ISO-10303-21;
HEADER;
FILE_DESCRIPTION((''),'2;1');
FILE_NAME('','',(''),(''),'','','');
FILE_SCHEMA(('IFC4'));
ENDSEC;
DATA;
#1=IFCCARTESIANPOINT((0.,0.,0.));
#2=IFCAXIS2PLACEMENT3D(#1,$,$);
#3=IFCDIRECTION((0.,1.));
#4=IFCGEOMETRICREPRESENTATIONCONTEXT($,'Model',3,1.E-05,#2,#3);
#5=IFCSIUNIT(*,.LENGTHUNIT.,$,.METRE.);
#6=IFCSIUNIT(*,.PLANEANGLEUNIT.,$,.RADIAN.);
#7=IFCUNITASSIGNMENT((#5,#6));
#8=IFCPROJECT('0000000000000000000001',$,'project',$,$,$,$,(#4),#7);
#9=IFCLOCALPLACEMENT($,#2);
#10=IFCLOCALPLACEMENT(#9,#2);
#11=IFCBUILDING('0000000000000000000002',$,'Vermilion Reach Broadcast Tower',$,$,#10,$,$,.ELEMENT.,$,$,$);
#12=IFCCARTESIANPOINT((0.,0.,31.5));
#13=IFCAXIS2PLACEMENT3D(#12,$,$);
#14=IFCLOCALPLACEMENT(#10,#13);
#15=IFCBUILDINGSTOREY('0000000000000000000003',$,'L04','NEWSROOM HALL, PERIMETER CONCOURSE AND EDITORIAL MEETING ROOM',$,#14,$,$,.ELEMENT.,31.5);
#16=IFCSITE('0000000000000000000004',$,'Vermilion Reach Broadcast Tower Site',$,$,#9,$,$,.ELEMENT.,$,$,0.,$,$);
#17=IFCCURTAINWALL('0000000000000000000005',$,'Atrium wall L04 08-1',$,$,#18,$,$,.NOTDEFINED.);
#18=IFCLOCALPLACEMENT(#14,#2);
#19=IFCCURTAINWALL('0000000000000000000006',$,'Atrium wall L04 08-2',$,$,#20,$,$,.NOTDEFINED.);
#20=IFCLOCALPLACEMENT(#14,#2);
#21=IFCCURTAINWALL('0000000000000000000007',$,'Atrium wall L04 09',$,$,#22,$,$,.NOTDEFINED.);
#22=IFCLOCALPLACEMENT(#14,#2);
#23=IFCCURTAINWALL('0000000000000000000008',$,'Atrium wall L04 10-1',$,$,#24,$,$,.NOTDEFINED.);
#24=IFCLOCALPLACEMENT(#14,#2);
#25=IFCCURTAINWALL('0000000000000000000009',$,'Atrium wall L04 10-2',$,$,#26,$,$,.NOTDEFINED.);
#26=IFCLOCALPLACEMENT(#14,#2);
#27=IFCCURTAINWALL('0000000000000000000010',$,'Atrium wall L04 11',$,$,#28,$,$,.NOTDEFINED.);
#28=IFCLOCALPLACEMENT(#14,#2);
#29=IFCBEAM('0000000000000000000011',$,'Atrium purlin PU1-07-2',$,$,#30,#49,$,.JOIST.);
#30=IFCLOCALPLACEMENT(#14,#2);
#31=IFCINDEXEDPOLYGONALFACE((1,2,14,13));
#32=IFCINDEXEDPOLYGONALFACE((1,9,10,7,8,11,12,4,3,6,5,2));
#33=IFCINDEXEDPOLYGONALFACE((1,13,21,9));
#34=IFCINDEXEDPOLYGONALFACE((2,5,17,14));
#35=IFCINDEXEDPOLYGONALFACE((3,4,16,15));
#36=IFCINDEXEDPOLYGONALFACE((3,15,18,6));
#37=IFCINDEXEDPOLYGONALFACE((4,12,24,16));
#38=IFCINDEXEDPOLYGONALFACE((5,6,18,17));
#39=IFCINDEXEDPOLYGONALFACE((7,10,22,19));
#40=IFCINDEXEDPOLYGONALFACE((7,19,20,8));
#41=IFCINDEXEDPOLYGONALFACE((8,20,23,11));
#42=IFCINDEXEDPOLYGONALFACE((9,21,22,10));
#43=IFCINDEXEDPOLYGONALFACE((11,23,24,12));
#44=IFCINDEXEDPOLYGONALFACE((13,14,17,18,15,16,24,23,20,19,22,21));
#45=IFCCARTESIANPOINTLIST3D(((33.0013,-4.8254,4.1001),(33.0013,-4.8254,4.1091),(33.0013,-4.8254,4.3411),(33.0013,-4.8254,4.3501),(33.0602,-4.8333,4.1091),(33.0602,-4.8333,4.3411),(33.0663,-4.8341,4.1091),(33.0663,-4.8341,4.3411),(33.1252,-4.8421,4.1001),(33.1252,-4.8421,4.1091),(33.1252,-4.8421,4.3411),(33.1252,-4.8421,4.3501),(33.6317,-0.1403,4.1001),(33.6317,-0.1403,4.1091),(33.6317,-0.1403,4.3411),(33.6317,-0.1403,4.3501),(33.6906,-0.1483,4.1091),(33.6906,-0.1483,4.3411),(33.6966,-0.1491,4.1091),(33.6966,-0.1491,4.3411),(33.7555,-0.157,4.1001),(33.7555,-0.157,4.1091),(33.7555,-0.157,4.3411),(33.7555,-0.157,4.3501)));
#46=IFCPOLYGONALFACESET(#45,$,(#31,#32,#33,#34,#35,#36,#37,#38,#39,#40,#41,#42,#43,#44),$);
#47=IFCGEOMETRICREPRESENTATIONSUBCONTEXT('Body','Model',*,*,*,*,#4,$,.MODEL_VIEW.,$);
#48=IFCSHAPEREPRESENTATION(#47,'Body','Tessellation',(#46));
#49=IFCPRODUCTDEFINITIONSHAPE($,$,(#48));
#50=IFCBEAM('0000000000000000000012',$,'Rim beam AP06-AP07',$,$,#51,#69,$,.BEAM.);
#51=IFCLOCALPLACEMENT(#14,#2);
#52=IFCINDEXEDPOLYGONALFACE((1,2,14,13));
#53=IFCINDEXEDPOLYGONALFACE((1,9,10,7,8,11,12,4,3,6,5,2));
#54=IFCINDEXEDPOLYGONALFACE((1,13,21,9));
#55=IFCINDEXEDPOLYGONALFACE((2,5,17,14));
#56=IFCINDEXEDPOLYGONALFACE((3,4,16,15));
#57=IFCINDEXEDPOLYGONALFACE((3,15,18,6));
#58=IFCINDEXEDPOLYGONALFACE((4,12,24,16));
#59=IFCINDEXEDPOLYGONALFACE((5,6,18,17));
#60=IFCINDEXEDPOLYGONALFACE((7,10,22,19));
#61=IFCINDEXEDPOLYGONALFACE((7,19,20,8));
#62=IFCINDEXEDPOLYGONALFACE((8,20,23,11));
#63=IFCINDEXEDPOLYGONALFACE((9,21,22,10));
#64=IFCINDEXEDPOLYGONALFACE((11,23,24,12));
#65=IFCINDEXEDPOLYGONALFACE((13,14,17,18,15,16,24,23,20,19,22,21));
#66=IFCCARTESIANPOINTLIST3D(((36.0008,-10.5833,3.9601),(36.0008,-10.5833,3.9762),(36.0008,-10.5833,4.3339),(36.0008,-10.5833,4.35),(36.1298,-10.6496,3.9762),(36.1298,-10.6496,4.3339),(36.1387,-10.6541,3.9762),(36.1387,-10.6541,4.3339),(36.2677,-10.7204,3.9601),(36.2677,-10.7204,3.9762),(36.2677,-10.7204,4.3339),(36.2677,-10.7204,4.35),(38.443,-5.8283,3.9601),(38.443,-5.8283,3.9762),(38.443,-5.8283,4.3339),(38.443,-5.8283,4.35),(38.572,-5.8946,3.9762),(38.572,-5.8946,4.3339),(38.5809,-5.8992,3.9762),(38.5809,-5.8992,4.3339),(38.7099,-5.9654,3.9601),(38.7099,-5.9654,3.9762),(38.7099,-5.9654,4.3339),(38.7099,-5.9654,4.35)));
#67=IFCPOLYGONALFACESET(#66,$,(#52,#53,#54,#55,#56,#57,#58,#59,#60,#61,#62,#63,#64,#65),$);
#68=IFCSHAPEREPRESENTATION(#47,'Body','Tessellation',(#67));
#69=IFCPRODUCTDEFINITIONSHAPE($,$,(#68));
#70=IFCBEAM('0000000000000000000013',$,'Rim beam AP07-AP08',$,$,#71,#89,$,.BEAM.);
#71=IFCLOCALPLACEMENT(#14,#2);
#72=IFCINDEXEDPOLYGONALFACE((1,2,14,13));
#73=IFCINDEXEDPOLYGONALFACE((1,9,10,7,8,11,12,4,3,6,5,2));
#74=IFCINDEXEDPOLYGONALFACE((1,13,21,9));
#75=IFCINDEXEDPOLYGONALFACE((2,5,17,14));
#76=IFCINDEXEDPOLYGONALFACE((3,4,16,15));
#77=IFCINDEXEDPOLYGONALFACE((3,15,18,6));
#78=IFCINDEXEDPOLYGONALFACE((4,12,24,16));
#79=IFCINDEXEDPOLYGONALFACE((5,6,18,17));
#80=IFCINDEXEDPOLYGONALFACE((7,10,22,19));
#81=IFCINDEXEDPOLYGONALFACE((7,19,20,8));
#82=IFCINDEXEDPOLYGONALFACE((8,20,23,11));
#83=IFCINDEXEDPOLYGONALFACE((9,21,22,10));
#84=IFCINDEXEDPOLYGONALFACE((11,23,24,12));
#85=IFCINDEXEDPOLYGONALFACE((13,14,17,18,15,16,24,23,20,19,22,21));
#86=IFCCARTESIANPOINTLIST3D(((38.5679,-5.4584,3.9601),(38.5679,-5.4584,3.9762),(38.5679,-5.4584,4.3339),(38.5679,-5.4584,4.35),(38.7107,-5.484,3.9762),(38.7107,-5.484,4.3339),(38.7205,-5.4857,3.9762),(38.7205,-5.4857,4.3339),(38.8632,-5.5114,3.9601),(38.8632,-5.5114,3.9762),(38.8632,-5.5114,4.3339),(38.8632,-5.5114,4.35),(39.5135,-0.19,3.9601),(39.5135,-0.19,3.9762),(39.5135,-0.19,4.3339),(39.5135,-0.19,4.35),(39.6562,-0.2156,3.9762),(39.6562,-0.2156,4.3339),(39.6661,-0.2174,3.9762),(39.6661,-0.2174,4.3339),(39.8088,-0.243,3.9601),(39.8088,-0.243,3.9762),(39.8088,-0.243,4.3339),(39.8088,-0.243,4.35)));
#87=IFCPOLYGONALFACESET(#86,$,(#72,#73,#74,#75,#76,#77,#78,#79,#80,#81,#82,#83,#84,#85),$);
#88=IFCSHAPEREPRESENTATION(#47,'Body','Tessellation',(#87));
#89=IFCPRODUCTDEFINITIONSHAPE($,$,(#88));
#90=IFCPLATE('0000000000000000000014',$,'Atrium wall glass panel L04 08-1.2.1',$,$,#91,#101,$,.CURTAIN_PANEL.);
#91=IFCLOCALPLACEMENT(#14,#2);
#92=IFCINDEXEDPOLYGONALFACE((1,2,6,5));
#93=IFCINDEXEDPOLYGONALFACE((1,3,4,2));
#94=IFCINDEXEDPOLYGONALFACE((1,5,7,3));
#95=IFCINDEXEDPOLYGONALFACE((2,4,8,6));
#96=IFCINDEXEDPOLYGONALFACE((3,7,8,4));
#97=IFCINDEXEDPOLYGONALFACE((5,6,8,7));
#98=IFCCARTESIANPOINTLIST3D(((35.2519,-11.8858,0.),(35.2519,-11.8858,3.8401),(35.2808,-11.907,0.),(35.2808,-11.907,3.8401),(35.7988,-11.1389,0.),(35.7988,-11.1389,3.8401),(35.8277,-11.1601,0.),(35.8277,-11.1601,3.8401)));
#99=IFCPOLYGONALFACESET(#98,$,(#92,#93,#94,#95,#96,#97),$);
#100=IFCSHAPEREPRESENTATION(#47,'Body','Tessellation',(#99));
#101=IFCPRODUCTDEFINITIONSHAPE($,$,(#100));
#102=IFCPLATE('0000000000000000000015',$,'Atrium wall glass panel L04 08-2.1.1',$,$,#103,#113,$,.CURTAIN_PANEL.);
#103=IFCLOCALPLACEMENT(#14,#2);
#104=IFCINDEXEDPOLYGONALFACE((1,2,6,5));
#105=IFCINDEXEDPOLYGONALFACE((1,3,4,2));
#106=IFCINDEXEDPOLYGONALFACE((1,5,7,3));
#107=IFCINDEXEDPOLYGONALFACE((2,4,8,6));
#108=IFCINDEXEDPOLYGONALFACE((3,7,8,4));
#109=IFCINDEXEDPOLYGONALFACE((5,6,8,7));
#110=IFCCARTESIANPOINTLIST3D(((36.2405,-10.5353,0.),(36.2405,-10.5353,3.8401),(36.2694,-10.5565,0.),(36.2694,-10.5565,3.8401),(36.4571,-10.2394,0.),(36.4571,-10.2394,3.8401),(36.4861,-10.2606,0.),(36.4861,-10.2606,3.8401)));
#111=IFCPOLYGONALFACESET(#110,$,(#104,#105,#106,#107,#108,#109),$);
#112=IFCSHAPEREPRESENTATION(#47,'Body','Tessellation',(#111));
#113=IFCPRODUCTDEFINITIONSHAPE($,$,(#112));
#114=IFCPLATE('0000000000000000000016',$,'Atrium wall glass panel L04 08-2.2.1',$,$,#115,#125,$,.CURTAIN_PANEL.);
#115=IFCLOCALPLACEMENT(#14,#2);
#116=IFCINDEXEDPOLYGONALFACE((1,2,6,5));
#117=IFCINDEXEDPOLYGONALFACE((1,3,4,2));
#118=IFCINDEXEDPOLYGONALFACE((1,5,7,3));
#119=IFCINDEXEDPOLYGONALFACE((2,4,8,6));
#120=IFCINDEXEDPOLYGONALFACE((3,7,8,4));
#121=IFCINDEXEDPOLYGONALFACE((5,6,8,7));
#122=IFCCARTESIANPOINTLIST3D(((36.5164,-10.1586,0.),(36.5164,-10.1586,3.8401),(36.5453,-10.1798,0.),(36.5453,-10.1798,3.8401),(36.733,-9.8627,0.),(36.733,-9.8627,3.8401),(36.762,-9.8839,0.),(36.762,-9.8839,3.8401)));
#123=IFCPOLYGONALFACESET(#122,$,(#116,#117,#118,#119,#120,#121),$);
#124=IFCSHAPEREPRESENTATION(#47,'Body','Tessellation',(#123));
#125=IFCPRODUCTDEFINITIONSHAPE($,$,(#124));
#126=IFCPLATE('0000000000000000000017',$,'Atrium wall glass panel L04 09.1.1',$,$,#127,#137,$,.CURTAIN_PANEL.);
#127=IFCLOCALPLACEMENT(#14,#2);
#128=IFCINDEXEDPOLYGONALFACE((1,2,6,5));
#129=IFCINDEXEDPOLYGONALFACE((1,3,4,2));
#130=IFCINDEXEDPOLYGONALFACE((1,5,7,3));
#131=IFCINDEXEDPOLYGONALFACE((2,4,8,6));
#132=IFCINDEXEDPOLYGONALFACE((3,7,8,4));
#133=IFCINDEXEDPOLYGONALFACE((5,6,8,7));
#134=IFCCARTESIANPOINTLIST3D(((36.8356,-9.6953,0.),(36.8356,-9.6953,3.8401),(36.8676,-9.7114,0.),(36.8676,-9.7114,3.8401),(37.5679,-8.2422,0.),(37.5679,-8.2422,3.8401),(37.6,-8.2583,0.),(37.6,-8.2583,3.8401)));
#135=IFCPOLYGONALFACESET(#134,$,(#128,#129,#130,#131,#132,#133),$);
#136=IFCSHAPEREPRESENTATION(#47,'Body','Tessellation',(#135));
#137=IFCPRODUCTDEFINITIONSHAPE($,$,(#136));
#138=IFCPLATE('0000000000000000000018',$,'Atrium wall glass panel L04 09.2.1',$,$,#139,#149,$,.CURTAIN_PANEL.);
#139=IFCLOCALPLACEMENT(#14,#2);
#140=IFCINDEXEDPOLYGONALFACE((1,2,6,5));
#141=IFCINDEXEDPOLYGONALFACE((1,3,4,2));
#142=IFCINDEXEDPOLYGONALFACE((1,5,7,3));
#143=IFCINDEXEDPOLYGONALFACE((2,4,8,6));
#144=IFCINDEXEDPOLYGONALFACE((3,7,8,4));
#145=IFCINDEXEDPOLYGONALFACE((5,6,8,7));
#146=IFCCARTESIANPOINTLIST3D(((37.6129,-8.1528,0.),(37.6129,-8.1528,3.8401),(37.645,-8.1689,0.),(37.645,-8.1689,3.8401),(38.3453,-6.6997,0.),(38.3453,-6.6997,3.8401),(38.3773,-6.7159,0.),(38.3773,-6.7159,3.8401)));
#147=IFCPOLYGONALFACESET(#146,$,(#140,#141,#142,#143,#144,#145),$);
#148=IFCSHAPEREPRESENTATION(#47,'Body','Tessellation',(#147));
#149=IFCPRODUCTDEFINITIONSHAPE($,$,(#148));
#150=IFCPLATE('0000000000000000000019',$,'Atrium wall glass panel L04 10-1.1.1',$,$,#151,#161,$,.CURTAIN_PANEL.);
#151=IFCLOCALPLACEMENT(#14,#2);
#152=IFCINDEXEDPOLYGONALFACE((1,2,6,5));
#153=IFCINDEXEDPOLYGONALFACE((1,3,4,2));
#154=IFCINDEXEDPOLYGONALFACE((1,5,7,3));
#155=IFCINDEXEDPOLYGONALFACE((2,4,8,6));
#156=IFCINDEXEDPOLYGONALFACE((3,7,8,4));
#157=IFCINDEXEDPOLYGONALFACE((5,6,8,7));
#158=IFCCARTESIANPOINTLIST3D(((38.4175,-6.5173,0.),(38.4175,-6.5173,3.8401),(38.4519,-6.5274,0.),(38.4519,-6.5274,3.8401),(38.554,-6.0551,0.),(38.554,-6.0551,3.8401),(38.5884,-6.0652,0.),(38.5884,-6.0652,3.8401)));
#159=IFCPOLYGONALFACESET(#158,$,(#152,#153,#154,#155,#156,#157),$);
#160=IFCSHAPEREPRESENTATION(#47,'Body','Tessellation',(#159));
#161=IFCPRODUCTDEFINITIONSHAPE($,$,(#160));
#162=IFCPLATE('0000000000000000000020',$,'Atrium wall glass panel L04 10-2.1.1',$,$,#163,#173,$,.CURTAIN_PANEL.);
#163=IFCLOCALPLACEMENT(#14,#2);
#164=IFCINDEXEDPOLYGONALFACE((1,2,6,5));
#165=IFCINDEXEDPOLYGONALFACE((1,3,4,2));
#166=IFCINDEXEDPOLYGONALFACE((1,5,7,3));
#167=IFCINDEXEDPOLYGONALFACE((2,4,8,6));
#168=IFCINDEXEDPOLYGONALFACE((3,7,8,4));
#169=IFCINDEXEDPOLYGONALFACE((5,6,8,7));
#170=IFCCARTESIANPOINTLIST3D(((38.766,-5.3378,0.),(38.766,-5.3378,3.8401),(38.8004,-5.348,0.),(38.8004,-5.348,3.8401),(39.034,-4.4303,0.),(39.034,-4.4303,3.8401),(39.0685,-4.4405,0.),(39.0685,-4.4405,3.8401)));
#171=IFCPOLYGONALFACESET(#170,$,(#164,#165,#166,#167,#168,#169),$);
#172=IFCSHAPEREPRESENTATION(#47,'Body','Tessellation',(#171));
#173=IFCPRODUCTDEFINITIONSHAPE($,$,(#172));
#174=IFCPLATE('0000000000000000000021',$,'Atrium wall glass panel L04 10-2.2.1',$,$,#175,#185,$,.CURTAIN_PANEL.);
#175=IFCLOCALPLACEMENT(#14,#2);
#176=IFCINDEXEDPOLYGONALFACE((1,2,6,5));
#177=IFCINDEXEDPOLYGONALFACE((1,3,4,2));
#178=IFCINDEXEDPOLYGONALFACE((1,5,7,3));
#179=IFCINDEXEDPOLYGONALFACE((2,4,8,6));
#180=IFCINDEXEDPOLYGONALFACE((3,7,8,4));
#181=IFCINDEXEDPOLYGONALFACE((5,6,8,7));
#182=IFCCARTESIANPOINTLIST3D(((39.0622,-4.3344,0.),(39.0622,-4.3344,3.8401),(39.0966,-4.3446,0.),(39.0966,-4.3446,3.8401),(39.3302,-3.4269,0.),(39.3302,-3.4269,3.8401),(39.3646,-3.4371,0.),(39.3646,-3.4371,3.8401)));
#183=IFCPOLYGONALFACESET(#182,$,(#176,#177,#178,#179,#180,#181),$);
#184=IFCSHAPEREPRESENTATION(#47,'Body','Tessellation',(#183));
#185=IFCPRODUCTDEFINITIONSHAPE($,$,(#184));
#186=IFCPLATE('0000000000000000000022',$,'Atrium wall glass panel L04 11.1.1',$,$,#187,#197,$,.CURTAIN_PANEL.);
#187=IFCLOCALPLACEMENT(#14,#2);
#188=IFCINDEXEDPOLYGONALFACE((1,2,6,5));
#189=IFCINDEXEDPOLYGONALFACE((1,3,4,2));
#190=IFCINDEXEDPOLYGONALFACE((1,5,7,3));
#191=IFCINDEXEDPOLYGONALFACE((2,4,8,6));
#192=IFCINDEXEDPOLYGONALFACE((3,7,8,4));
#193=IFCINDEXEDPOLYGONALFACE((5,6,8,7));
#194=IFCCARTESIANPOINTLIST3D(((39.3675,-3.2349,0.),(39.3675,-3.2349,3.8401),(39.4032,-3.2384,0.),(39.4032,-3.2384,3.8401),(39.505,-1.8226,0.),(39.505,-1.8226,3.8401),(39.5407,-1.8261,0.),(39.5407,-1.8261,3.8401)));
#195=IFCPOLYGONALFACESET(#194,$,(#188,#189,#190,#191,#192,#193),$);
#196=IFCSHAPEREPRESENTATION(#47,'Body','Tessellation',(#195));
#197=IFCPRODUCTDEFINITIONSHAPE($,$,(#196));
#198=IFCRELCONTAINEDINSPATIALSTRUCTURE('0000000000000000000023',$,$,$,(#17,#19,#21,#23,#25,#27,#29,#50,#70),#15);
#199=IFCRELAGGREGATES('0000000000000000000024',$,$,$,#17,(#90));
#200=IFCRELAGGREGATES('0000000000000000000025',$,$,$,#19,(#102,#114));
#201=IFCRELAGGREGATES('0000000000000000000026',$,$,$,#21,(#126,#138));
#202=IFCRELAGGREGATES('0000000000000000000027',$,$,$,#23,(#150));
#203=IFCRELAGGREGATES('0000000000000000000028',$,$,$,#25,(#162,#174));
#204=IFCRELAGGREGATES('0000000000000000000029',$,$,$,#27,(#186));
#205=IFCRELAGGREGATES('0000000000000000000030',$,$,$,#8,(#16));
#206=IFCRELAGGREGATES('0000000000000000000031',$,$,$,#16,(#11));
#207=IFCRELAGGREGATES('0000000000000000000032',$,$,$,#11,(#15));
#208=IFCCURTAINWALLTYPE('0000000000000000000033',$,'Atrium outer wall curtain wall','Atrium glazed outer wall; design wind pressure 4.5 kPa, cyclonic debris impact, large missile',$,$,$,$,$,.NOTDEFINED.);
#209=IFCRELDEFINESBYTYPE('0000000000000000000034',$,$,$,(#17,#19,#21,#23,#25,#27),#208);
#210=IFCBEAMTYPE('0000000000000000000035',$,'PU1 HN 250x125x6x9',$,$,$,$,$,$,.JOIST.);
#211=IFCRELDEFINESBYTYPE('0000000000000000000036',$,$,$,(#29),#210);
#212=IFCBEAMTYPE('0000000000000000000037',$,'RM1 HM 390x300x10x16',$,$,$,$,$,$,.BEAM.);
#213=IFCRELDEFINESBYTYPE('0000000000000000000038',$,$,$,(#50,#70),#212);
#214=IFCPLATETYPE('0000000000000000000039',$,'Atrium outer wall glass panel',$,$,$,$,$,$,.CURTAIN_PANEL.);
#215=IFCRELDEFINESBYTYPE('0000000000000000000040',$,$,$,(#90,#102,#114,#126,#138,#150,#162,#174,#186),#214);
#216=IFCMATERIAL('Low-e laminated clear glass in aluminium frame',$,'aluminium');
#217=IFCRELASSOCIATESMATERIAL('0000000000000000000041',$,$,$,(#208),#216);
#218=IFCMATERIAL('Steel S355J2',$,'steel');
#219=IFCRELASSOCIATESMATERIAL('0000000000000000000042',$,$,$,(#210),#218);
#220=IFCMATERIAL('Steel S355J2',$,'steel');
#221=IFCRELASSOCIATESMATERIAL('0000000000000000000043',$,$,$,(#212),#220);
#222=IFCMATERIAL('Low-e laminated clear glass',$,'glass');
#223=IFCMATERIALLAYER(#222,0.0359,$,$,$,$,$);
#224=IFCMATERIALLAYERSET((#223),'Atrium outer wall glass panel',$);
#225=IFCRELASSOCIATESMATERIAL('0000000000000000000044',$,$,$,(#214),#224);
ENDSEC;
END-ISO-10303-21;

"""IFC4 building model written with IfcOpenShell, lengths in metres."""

from ifc_helpers import new_model, si_unit, direction, frame, origin, origin_2d, place, context, subcontext, project, spatial, rectangle, i_section, extrude, material, layer, layer_set, material_profile, profile_set, type_object, element, aggregate, save


model = new_model("IFC4")

# Units and contexts
model_context = context("Model", 3, precision=1e-05, world=origin(), true_north=direction((0.0, 1.0)))
body_context = subcontext(model_context, "Body", "Model", "MODEL_VIEW")
ifc_project = project(units=[si_unit("LENGTHUNIT", "METRE"), si_unit("PLANEANGLEUNIT", "RADIAN")], contexts=[model_context])

# Site, building, storey
site_placement = place(None, origin())
site = spatial("IfcSite", under=ifc_project, at=site_placement, Name="Vermilion Reach Broadcast Tower Site", CompositionType="ELEMENT", RefElevation=0.0)
building_placement = place(site_placement, origin())
building = spatial("IfcBuilding", under=site, at=building_placement, Name="Vermilion Reach Broadcast Tower", CompositionType="ELEMENT")
storey_placement = place(building_placement, frame((0.0, 0.0, 31.5)))
storey = spatial("IfcBuildingStorey", under=building, at=storey_placement, Name="L04", Description="NEWSROOM HALL, PERIMETER CONCOURSE AND EDITORIAL MEETING ROOM", CompositionType="ELEMENT", Elevation=31.5)

# Curtain wall
ifc_material_1 = material(Name="Low-e laminated clear glass in aluminium frame", Category="aluminium")
curtain_wall_type = type_object("IfcCurtainWallType", Name="Atrium outer wall curtain wall", Description="Atrium glazed outer wall; design wind pressure 4.5 kPa, cyclonic debris impact, large missile", PredefinedType="NOTDEFINED", material=ifc_material_1)
placement = place(storey_placement, origin())
curtain_wall_1 = element("IfcCurtainWall", 1, at=placement, inside=storey, type_object=curtain_wall_type, Name="Atrium wall L04 08-1", PredefinedType="NOTDEFINED")

# Curtain walls
curtain_wall_2 = element("IfcCurtainWall", 2, at=placement, inside=storey, type_object=curtain_wall_type, Name="Atrium wall L04 08-2", PredefinedType="NOTDEFINED")
curtain_wall_3 = element("IfcCurtainWall", 3, at=placement, inside=storey, type_object=curtain_wall_type, Name="Atrium wall L04 09", PredefinedType="NOTDEFINED")
curtain_wall_4 = element("IfcCurtainWall", 4, at=placement, inside=storey, type_object=curtain_wall_type, Name="Atrium wall L04 10-1", PredefinedType="NOTDEFINED")
curtain_wall_5 = element("IfcCurtainWall", 5, at=placement, inside=storey, type_object=curtain_wall_type, Name="Atrium wall L04 10-2", PredefinedType="NOTDEFINED")
curtain_wall_6 = element("IfcCurtainWall", 6, at=placement, inside=storey, type_object=curtain_wall_type, Name="Atrium wall L04 11", PredefinedType="NOTDEFINED")

# Beams
ifc_material_2 = material(Name="Steel S355J2", Category="steel")
ifc_material_profile_1 = material_profile(ifc_material_2, i_section(OverallWidth=0.125, OverallDepth=0.25, WebThickness=0.0061, FlangeThickness=0.009, at=origin_2d()), Name="S355J2 HN 250x125x6x9")
ifc_profile_set_1 = profile_set([ifc_material_profile_1], Name="Steel S355J2")
beam_type_1 = type_object("IfcBeamType", Name="PU1 HN 250x125x6x9", PredefinedType="JOIST", material=ifc_profile_set_1)
beam_1_placement = place(storey_placement, frame((33.0632, -4.8337, 4.2251), z_axis=(0.133348, 0.991069, 0.0), x_axis=(-0.991069, 0.133348, 0.0)))
element("IfcBeam", 7, at=beam_1_placement, inside=storey, type_object=beam_type_1, Name="Atrium purlin PU1-07-2", PredefinedType="JOIST", context=body_context, shape_type="SweptSolid", body=[
    extrude(i_section(OverallWidth=0.125, OverallDepth=0.25, WebThickness=0.0061, FlangeThickness=0.009, at=origin_2d()), origin(), (0.0, 0.0, 1.0), 4.7273),
])
ifc_material_3 = material(Name="Steel S355J2", Category="steel")
ifc_material_profile_2 = material_profile(ifc_material_3, i_section(OverallWidth=0.3, OverallDepth=0.3899, WebThickness=0.01, FlangeThickness=0.0161, at=origin_2d()), Name="S355J2 HM 390x300x10x16")
ifc_profile_set_2 = profile_set([ifc_material_profile_2], Name="Steel S355J2")
beam_type_2 = type_object("IfcBeamType", Name="RM1 HM 390x300x10x16", PredefinedType="BEAM", material=ifc_profile_set_2)
beam_2_placement = place(storey_placement, frame((36.1343, -10.6519, 4.155), z_axis=(0.45687, 0.889533, 0.0), x_axis=(-0.889533, 0.45687, 0.0)))
element("IfcBeam", 8, at=beam_2_placement, inside=storey, type_object=beam_type_2, Name="Rim beam AP06-AP07", PredefinedType="BEAM", context=body_context, shape_type="SweptSolid", body=[
    extrude(i_section(OverallWidth=0.3, OverallDepth=0.3899, WebThickness=0.01, FlangeThickness=0.0161, at=origin_2d()), origin(), (0.0, 0.0, 1.0), 5.3455),
])
beam_3_placement = place(storey_placement, frame((38.7156, -5.4849, 4.155), z_axis=(0.176657, 0.984272, 0.0), x_axis=(-0.984272, 0.176657, 0.0)))
element("IfcBeam", 9, at=beam_3_placement, inside=storey, type_object=beam_type_2, Name="Rim beam AP07-AP08", PredefinedType="BEAM", context=body_context, shape_type="SweptSolid", body=[
    extrude(i_section(OverallWidth=0.3, OverallDepth=0.3899, WebThickness=0.01, FlangeThickness=0.0161, at=origin_2d()), origin(), (0.0, 0.0, 1.0), 5.3525),
])

# Plates
ifc_material_4 = material(Name="Low-e laminated clear glass", Category="glass")
ifc_layer = layer(ifc_material_4, 0.0359)
ifc_layer_set = layer_set([ifc_layer], Name="Atrium outer wall glass panel")
plate_type = type_object("IfcPlateType", Name="Atrium outer wall glass panel", PredefinedType="CURTAIN_PANEL", material=ifc_layer_set)
plate_1_placement = place(storey_placement, frame((35.5398, -11.5229, 0.0), z_axis=(0.0, 0.0, 1.0), x_axis=(0.59076, 0.806847, 0.0)))
plate_1 = element("IfcPlate", 10, at=plate_1_placement, type_object=plate_type, Name="Atrium wall glass panel L04 08-1.2.1", PredefinedType="CURTAIN_PANEL", context=body_context, shape_type="SweptSolid", body=[
    extrude(rectangle(XDim=0.9258, YDim=0.0359, at=origin_2d()), origin(), (0.0, 0.0, 1.0), 3.8401),
])
aggregate(curtain_wall_1, [plate_1])
plate_2_placement = place(storey_placement, frame((36.3633, -10.3979, 0.0), z_axis=(0.0, 0.0, 1.0), x_axis=(0.59076, 0.806847, 0.0)))
plate_2 = element("IfcPlate", 11, at=plate_2_placement, type_object=plate_type, Name="Atrium wall glass panel L04 08-2.1.1", PredefinedType="CURTAIN_PANEL", context=body_context, shape_type="SweptSolid", body=[
    extrude(rectangle(XDim=0.3667, YDim=0.0359, at=origin_2d()), origin(), (0.0, 0.0, 1.0), 3.8401),
])
plate_3_placement = place(storey_placement, frame((36.6392, -10.0212, 0.0), z_axis=(0.0, 0.0, 1.0), x_axis=(0.59076, 0.806847, 0.0)))
plate_3 = element("IfcPlate", 12, at=plate_3_placement, type_object=plate_type, Name="Atrium wall glass panel L04 08-2.2.1", PredefinedType="CURTAIN_PANEL", context=body_context, shape_type="SweptSolid", body=[
    extrude(rectangle(XDim=0.3667, YDim=0.0359, at=origin_2d()), origin(), (0.0, 0.0, 1.0), 3.8401),
])
aggregate(curtain_wall_2, [plate_2, plate_3])
plate_4_placement = place(storey_placement, frame((37.2178, -8.9768, 0.0), z_axis=(0.0, 0.0, 1.0), x_axis=(0.450072, 0.892992, 0.0)))
plate_4 = element("IfcPlate", 13, at=plate_4_placement, type_object=plate_type, Name="Atrium wall glass panel L04 09.1.1", PredefinedType="CURTAIN_PANEL", context=body_context, shape_type="SweptSolid", body=[
    extrude(rectangle(XDim=1.6272, YDim=0.0359, at=origin_2d()), origin(), (0.0, 0.0, 1.0), 3.8401),
])
plate_5_placement = place(storey_placement, frame((37.9951, -7.4343, 0.0), z_axis=(0.0, 0.0, 1.0), x_axis=(0.450072, 0.892992, 0.0)))
plate_5 = element("IfcPlate", 14, at=plate_5_placement, type_object=plate_type, Name="Atrium wall glass panel L04 09.2.1", PredefinedType="CURTAIN_PANEL", context=body_context, shape_type="SweptSolid", body=[
    extrude(rectangle(XDim=1.6272, YDim=0.0359, at=origin_2d()), origin(), (0.0, 0.0, 1.0), 3.8401),
])
aggregate(curtain_wall_3, [plate_4, plate_5])
plate_6_placement = place(storey_placement, frame((38.5029, -6.2913, 0.0), z_axis=(0.0, 0.0, 1.0), x_axis=(0.283245, 0.959048, 0.0)))
plate_6 = element("IfcPlate", 15, at=plate_6_placement, type_object=plate_type, Name="Atrium wall glass panel L04 10-1.1.1", PredefinedType="CURTAIN_PANEL", context=body_context, shape_type="SweptSolid", body=[
    extrude(rectangle(XDim=0.4819, YDim=0.0359, at=origin_2d()), origin(), (0.0, 0.0, 1.0), 3.8401),
])
aggregate(curtain_wall_4, [plate_6])
plate_7_placement = place(storey_placement, frame((38.9172, -4.8892, 0.0), z_axis=(0.0, 0.0, 1.0), x_axis=(0.283245, 0.959048, 0.0)))
plate_7 = element("IfcPlate", 16, at=plate_7_placement, type_object=plate_type, Name="Atrium wall glass panel L04 10-2.1.1", PredefinedType="CURTAIN_PANEL", context=body_context, shape_type="SweptSolid", body=[
    extrude(rectangle(XDim=0.9463, YDim=0.0359, at=origin_2d()), origin(), (0.0, 0.0, 1.0), 3.8401),
])
plate_8_placement = place(storey_placement, frame((39.2134, -3.8857, 0.0), z_axis=(0.0, 0.0, 1.0), x_axis=(0.283245, 0.959048, 0.0)))
plate_8 = element("IfcPlate", 17, at=plate_8_placement, type_object=plate_type, Name="Atrium wall glass panel L04 10-2.2.1", PredefinedType="CURTAIN_PANEL", context=body_context, shape_type="SweptSolid", body=[
    extrude(rectangle(XDim=0.9463, YDim=0.0359, at=origin_2d()), origin(), (0.0, 0.0, 1.0), 3.8401),
])
aggregate(curtain_wall_5, [plate_7, plate_8])
plate_9_placement = place(storey_placement, frame((39.4541, -2.5305, 0.0), z_axis=(0.0, 0.0, 1.0), x_axis=(0.096861, 0.995298, 0.0)))
plate_9 = element("IfcPlate", 18, at=plate_9_placement, type_object=plate_type, Name="Atrium wall glass panel L04 11.1.1", PredefinedType="CURTAIN_PANEL", context=body_context, shape_type="SweptSolid", body=[
    extrude(rectangle(XDim=1.4189, YDim=0.0359, at=origin_2d()), origin(), (0.0, 0.0, 1.0), 3.8401),
])
aggregate(curtain_wall_6, [plate_9])

save(model, "model.ifc")
